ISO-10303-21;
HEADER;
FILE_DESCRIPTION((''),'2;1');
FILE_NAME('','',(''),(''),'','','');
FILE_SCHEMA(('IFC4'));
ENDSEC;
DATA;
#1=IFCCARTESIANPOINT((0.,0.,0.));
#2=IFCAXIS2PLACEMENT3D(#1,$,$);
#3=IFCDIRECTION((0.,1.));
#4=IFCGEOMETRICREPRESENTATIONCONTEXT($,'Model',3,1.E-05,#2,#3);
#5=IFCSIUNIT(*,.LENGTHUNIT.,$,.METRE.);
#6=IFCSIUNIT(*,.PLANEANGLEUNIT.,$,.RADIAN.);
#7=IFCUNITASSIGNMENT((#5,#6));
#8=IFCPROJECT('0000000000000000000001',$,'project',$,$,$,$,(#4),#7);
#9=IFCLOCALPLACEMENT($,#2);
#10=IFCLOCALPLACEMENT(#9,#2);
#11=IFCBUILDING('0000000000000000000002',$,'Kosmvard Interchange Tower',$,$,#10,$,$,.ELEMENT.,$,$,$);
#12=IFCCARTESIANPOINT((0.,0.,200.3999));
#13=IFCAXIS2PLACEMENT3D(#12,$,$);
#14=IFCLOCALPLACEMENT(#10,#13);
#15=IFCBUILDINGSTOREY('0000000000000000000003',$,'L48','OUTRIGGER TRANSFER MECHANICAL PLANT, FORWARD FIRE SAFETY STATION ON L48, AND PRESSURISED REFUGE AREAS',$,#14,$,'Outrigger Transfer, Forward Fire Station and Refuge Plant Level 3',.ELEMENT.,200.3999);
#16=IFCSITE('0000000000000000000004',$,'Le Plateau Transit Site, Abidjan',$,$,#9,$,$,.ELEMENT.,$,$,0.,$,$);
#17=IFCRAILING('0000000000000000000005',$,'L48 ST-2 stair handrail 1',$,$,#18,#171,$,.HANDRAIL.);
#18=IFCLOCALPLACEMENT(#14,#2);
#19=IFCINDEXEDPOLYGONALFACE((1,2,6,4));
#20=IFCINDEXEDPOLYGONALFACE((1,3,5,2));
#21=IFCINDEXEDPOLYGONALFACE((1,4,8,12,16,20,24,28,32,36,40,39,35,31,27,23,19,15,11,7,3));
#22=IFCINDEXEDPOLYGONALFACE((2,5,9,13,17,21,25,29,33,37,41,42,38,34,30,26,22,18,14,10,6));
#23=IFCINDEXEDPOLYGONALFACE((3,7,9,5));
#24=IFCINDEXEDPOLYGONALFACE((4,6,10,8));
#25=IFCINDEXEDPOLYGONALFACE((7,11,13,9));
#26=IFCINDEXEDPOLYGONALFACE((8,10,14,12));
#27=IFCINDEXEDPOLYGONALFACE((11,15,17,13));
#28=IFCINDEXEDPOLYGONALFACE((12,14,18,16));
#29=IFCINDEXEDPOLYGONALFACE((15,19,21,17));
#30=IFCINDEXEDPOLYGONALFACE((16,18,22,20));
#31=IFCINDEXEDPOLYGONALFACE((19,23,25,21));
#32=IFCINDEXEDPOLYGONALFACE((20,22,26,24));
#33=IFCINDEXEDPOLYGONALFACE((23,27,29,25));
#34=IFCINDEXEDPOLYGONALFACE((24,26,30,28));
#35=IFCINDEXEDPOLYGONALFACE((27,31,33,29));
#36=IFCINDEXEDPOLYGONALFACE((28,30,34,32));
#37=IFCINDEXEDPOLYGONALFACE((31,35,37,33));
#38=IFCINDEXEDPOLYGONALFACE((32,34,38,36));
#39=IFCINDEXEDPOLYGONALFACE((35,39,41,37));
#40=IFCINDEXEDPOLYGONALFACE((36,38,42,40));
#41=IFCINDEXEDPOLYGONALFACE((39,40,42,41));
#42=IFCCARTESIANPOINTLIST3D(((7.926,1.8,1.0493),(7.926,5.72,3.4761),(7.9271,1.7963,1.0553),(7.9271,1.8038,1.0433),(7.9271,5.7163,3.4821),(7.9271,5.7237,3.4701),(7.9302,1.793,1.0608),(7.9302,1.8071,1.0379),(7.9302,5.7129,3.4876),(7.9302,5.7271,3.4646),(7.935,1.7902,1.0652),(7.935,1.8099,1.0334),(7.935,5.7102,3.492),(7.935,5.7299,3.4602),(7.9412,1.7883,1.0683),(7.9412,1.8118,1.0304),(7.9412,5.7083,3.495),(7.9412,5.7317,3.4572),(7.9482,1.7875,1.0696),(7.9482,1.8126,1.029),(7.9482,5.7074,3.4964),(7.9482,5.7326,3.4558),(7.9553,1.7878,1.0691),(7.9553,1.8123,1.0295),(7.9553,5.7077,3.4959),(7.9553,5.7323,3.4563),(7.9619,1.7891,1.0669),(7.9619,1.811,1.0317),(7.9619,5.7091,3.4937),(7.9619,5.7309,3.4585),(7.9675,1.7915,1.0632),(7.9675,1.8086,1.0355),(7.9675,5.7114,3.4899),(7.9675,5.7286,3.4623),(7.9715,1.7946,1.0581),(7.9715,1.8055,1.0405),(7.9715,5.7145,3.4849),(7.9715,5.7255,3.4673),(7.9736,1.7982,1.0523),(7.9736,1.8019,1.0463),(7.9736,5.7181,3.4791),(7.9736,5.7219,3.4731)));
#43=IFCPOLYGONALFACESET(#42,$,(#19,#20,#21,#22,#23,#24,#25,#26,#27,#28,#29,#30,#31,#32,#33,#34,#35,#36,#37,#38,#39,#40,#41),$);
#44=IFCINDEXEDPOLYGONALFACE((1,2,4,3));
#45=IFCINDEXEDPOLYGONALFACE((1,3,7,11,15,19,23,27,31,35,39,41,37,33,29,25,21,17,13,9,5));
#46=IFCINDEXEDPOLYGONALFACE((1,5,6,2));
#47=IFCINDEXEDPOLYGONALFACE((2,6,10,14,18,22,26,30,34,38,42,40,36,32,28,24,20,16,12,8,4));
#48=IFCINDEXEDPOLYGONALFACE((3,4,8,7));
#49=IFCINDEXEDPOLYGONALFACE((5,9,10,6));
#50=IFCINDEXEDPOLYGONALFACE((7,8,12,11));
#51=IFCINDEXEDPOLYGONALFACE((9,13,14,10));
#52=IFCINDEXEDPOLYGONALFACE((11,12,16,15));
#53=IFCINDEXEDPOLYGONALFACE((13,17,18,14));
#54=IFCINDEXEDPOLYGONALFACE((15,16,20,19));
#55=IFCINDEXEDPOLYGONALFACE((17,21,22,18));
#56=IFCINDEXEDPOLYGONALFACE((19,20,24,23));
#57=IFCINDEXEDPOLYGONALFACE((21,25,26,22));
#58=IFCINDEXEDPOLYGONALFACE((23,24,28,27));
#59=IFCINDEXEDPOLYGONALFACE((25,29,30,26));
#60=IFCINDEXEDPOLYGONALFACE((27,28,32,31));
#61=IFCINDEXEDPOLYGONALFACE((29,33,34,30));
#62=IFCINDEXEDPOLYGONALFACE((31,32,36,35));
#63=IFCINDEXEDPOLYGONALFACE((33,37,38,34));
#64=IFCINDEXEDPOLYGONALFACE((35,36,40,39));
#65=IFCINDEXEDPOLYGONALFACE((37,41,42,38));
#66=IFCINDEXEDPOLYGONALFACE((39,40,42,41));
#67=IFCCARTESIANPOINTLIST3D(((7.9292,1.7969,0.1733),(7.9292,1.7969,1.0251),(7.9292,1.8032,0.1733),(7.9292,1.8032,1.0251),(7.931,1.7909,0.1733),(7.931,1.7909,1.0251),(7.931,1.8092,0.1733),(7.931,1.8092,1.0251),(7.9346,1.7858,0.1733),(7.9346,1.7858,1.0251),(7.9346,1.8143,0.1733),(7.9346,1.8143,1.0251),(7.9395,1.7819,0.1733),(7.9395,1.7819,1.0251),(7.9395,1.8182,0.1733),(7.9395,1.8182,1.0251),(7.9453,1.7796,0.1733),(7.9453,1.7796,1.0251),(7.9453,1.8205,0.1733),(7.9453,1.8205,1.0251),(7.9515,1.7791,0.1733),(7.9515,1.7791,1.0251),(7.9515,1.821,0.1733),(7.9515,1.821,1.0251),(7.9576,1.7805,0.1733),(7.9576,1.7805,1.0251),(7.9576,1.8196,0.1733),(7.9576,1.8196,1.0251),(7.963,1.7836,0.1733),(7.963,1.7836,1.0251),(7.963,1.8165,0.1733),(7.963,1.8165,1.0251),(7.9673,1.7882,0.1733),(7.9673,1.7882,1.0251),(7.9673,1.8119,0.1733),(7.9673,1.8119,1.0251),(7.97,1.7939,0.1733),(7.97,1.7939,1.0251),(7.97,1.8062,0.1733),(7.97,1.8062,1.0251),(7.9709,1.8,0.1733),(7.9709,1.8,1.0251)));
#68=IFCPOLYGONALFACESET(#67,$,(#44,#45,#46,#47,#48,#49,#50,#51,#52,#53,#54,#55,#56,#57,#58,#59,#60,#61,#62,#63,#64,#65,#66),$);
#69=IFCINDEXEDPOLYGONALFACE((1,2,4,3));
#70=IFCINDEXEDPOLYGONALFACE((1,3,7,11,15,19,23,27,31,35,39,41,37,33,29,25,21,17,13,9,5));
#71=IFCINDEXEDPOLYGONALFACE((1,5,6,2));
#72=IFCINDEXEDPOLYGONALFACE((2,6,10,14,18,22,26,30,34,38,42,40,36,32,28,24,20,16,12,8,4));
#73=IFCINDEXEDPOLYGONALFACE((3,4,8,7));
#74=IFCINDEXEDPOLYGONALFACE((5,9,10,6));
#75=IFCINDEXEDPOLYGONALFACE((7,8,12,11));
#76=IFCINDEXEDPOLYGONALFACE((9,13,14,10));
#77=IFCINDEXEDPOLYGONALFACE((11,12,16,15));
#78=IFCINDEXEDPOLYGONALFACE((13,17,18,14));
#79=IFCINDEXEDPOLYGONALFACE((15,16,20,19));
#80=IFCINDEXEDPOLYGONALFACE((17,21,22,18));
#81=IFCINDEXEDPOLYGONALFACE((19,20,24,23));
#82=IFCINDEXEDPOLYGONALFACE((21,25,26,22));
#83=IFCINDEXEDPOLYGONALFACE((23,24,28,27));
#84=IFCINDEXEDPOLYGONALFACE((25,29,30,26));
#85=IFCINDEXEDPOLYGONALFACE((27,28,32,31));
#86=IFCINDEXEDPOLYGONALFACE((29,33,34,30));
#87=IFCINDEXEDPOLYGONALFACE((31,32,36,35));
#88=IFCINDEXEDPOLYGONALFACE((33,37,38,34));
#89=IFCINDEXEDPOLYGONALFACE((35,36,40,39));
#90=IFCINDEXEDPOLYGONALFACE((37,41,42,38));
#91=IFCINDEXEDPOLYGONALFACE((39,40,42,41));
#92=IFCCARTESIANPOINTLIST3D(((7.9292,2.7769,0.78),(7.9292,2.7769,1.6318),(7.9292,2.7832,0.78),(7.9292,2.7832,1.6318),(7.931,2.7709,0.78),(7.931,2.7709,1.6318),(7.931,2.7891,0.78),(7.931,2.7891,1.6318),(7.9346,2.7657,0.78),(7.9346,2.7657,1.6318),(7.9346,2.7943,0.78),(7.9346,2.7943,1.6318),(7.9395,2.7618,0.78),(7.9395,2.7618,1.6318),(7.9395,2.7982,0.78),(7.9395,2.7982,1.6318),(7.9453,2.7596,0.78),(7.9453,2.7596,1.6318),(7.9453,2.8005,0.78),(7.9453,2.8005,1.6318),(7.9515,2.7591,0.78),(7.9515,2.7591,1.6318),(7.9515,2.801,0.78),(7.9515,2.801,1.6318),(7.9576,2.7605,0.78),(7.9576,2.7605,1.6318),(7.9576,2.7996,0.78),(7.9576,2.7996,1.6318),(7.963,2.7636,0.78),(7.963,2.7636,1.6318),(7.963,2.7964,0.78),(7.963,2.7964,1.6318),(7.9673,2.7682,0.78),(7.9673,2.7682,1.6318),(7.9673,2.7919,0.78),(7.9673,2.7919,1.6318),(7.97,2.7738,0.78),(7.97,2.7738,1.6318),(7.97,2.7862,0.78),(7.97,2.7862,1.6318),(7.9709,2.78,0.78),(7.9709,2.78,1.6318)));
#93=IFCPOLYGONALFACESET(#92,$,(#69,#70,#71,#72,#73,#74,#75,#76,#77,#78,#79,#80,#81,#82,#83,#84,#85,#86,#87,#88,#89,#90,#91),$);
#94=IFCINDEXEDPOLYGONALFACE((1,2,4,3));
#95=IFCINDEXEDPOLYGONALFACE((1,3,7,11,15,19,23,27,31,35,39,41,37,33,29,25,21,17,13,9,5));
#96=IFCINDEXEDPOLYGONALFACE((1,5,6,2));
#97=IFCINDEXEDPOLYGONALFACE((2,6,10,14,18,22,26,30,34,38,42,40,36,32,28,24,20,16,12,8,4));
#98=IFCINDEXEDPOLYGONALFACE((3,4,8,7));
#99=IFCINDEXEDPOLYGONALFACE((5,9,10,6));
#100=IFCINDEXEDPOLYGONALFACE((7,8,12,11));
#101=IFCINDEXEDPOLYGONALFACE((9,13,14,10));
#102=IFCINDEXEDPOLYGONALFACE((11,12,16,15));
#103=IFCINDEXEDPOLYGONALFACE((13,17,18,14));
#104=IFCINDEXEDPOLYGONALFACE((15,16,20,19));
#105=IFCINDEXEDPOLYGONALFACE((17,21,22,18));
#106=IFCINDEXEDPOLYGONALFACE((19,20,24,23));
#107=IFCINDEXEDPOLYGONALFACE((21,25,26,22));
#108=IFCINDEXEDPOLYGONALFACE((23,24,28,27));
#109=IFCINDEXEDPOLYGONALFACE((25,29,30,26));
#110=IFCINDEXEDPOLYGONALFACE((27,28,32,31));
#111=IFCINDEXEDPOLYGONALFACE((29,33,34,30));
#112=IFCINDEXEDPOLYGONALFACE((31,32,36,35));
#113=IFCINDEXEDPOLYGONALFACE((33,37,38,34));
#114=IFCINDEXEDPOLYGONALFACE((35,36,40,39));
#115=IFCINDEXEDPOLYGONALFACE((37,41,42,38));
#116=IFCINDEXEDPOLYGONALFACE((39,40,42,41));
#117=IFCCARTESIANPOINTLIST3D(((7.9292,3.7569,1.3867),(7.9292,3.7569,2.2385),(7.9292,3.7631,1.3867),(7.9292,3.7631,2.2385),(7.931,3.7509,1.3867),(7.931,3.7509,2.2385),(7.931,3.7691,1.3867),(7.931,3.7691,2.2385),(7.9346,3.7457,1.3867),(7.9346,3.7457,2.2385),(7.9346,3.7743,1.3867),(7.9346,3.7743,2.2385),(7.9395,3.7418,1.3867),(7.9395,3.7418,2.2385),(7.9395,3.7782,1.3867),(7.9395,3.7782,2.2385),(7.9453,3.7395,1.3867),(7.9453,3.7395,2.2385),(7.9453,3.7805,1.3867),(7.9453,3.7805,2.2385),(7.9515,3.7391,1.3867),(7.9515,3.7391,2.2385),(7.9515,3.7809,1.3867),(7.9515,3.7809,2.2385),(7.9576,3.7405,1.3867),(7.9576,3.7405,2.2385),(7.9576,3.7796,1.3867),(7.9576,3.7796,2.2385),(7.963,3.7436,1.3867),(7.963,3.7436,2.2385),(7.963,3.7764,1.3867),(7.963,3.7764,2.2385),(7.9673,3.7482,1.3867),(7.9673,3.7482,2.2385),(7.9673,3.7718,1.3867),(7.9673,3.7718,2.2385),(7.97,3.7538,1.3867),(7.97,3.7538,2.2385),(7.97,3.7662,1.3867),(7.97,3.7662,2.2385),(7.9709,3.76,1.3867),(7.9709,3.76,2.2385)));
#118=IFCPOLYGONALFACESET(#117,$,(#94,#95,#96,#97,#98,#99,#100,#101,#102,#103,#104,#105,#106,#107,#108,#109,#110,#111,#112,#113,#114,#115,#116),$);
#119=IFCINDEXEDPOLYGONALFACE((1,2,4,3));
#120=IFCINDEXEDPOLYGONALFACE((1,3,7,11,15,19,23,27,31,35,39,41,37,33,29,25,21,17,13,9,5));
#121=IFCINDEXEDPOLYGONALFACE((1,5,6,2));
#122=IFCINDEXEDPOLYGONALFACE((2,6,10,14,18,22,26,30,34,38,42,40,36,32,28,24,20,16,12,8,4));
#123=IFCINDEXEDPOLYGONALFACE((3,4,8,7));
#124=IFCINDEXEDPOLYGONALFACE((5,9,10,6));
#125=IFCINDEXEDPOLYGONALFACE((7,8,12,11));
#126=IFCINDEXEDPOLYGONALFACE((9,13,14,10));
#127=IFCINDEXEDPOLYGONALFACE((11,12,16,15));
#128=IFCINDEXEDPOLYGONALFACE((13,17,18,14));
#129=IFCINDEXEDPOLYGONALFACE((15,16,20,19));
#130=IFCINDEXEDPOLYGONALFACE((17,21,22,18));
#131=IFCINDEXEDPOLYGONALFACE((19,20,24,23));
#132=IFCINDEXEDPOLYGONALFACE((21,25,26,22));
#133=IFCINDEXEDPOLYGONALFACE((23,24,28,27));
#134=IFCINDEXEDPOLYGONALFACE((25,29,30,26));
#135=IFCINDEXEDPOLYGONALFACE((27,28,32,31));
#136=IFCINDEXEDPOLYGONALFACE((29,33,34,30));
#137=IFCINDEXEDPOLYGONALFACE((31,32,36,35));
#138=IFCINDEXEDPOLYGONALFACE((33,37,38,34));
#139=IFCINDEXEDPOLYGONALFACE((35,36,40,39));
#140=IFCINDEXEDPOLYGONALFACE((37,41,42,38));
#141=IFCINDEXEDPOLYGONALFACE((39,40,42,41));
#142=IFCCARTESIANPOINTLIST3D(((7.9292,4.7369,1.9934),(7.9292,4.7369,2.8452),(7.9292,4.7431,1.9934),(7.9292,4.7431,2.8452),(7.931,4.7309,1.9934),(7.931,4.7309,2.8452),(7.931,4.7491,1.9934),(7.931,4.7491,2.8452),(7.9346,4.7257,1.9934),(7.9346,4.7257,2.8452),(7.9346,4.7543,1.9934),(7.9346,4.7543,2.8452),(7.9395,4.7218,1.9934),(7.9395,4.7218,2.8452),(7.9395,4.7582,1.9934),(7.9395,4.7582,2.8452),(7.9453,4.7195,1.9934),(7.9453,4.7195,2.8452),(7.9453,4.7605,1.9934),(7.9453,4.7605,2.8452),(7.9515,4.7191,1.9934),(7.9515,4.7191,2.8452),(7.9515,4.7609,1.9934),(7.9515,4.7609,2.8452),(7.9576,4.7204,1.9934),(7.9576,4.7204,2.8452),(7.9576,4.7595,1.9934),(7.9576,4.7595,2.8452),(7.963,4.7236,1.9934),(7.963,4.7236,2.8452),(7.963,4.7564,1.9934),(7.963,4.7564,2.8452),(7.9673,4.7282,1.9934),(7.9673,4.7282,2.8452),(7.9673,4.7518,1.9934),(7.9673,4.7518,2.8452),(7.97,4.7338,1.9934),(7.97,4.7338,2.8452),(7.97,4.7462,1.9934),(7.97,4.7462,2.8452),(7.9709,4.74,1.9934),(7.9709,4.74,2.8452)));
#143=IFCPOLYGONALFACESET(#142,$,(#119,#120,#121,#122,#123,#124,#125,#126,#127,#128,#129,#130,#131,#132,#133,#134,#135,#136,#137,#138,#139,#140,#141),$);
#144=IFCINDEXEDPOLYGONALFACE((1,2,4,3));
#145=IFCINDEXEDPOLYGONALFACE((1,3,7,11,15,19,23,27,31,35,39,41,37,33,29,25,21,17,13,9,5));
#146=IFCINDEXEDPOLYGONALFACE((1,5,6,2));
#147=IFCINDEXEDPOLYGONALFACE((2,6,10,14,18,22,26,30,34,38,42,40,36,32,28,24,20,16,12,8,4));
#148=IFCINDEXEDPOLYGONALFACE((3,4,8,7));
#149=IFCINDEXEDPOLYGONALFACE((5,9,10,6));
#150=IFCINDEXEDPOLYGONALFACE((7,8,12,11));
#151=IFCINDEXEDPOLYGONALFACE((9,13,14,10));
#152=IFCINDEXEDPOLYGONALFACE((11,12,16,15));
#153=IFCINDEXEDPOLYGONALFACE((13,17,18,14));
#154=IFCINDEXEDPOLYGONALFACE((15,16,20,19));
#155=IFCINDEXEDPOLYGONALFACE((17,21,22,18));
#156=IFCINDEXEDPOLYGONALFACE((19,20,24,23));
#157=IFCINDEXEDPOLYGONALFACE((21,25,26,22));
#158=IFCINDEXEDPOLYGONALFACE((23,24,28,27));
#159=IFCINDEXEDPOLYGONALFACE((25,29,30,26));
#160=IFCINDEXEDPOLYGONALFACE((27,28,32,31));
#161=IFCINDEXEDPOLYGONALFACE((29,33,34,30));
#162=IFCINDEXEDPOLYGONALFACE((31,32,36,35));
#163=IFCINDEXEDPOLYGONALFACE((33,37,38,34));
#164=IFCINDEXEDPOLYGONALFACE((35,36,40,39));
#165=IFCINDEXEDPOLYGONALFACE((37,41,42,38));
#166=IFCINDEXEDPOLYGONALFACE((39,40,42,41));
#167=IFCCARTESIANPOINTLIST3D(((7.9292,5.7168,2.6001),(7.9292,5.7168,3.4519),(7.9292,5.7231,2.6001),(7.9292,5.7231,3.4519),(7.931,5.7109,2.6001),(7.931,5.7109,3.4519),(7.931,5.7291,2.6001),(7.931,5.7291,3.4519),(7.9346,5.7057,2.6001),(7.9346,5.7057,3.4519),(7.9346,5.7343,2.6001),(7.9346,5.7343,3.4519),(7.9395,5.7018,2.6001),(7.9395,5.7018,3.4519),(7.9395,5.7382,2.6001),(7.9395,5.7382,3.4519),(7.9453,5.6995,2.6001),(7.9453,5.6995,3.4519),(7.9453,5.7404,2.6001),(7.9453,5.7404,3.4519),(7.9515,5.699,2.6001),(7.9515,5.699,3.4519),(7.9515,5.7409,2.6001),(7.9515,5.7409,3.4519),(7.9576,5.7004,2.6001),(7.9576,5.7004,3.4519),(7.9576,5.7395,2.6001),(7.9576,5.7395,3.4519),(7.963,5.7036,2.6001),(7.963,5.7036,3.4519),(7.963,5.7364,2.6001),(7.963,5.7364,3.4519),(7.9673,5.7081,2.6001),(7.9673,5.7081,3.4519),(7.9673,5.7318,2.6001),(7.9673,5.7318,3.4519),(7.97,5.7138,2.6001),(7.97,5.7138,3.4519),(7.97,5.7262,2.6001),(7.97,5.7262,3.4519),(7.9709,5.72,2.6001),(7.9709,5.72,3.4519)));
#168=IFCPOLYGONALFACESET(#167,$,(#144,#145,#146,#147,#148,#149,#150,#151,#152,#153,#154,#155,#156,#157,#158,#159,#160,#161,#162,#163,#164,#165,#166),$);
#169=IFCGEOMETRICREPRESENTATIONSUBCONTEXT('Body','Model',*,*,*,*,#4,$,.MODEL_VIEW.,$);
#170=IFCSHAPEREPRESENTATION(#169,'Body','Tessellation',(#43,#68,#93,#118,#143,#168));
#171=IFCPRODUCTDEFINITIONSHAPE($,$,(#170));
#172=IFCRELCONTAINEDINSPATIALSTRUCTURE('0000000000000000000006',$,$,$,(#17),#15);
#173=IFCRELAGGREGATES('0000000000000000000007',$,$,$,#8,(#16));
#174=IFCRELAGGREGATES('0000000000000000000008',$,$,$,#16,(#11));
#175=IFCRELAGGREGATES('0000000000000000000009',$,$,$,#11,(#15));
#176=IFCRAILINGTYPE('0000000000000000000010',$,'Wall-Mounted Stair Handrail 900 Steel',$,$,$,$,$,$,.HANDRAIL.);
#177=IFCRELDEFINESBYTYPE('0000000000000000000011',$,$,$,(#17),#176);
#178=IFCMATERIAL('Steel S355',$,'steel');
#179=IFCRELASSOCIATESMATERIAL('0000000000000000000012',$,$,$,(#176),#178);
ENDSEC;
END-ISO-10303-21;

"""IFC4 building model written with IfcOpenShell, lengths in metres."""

from ifc_helpers import new_model, si_unit, direction, frame, origin, origin_2d, place, context, subcontext, project, spatial, circle, extrude, source, transform, mapped, material, type_object, element, save


model = new_model("IFC4")

# Units and contexts
model_context = context("Model", 3, precision=1e-05, world=origin(), true_north=direction((0.0, 1.0)))
body_context = subcontext(model_context, "Body", "Model", "MODEL_VIEW")
ifc_project = project(units=[si_unit("LENGTHUNIT", "METRE"), si_unit("PLANEANGLEUNIT", "RADIAN")], contexts=[model_context])

# Site, building, storey
site_placement = place(None, origin())
site = spatial("IfcSite", under=ifc_project, at=site_placement, Name="Le Plateau Transit Site, Abidjan", CompositionType="ELEMENT", RefElevation=0.0)
building_placement = place(site_placement, origin())
building = spatial("IfcBuilding", under=site, at=building_placement, Name="Kosmvard Interchange Tower", CompositionType="ELEMENT")
storey_placement = place(building_placement, frame((0.0, 0.0, 200.3999)))
storey = spatial("IfcBuildingStorey", under=building, at=storey_placement, Name="L48", Description="OUTRIGGER TRANSFER MECHANICAL PLANT, FORWARD FIRE SAFETY STATION ON L48, AND PRESSURISED REFUGE AREAS", LongName="Outrigger Transfer, Forward Fire Station and Refuge Plant Level 3", CompositionType="ELEMENT", Elevation=200.3999)

# Railing
ifc_material_1 = material(Name="Steel S355", Category="steel")
railing_type_1 = type_object("IfcRailingType", Name="Wall-Mounted Stair Handrail 900 Steel", PredefinedType="HANDRAIL", material=ifc_material_1)
shared_shape_1 = source(origin(), body_context, "Body", "SweptSolid", [
    extrude(circle(Radius=0.0239, at=origin_2d()), frame((0.0, 0.0, 0.876), z_axis=(0.0, 0.850252, 0.526376), x_axis=(-1.0, 0.0, 0.0)), (0.0, 0.0, 1.0), 4.6104),
    extrude(circle(Radius=0.021, at=origin_2d()), origin(), (0.0, 0.0, 1.0), 0.8518),
    extrude(circle(Radius=0.021, at=origin_2d()), frame((0.0, 0.98, 0.6067)), (0.0, 0.0, 1.0), 0.8518),
    extrude(circle(Radius=0.021, at=origin_2d()), frame((0.0, 1.96, 1.2134)), (0.0, 0.0, 1.0), 0.8518),
    extrude(circle(Radius=0.021, at=origin_2d()), frame((0.0, 2.9399, 1.8201)), (0.0, 0.0, 1.0), 0.8518),
    extrude(circle(Radius=0.021, at=origin_2d()), frame((0.0, 3.9199, 2.4268)), (0.0, 0.0, 1.0), 0.8518),
])
railing_1_placement = place(storey_placement, frame((7.95, 1.8, 0.1733)))
element("IfcRailing", 1, at=railing_1_placement, inside=storey, type_object=railing_type_1, Name="L48 ST-2 stair handrail 1", PredefinedType="HANDRAIL", context=body_context, shape_type="MappedRepresentation", body=[
    mapped(shared_shape_1, transform((0.0, 0.0, 0.0), scale=1.0)),
])

save(model, "model.ifc")
